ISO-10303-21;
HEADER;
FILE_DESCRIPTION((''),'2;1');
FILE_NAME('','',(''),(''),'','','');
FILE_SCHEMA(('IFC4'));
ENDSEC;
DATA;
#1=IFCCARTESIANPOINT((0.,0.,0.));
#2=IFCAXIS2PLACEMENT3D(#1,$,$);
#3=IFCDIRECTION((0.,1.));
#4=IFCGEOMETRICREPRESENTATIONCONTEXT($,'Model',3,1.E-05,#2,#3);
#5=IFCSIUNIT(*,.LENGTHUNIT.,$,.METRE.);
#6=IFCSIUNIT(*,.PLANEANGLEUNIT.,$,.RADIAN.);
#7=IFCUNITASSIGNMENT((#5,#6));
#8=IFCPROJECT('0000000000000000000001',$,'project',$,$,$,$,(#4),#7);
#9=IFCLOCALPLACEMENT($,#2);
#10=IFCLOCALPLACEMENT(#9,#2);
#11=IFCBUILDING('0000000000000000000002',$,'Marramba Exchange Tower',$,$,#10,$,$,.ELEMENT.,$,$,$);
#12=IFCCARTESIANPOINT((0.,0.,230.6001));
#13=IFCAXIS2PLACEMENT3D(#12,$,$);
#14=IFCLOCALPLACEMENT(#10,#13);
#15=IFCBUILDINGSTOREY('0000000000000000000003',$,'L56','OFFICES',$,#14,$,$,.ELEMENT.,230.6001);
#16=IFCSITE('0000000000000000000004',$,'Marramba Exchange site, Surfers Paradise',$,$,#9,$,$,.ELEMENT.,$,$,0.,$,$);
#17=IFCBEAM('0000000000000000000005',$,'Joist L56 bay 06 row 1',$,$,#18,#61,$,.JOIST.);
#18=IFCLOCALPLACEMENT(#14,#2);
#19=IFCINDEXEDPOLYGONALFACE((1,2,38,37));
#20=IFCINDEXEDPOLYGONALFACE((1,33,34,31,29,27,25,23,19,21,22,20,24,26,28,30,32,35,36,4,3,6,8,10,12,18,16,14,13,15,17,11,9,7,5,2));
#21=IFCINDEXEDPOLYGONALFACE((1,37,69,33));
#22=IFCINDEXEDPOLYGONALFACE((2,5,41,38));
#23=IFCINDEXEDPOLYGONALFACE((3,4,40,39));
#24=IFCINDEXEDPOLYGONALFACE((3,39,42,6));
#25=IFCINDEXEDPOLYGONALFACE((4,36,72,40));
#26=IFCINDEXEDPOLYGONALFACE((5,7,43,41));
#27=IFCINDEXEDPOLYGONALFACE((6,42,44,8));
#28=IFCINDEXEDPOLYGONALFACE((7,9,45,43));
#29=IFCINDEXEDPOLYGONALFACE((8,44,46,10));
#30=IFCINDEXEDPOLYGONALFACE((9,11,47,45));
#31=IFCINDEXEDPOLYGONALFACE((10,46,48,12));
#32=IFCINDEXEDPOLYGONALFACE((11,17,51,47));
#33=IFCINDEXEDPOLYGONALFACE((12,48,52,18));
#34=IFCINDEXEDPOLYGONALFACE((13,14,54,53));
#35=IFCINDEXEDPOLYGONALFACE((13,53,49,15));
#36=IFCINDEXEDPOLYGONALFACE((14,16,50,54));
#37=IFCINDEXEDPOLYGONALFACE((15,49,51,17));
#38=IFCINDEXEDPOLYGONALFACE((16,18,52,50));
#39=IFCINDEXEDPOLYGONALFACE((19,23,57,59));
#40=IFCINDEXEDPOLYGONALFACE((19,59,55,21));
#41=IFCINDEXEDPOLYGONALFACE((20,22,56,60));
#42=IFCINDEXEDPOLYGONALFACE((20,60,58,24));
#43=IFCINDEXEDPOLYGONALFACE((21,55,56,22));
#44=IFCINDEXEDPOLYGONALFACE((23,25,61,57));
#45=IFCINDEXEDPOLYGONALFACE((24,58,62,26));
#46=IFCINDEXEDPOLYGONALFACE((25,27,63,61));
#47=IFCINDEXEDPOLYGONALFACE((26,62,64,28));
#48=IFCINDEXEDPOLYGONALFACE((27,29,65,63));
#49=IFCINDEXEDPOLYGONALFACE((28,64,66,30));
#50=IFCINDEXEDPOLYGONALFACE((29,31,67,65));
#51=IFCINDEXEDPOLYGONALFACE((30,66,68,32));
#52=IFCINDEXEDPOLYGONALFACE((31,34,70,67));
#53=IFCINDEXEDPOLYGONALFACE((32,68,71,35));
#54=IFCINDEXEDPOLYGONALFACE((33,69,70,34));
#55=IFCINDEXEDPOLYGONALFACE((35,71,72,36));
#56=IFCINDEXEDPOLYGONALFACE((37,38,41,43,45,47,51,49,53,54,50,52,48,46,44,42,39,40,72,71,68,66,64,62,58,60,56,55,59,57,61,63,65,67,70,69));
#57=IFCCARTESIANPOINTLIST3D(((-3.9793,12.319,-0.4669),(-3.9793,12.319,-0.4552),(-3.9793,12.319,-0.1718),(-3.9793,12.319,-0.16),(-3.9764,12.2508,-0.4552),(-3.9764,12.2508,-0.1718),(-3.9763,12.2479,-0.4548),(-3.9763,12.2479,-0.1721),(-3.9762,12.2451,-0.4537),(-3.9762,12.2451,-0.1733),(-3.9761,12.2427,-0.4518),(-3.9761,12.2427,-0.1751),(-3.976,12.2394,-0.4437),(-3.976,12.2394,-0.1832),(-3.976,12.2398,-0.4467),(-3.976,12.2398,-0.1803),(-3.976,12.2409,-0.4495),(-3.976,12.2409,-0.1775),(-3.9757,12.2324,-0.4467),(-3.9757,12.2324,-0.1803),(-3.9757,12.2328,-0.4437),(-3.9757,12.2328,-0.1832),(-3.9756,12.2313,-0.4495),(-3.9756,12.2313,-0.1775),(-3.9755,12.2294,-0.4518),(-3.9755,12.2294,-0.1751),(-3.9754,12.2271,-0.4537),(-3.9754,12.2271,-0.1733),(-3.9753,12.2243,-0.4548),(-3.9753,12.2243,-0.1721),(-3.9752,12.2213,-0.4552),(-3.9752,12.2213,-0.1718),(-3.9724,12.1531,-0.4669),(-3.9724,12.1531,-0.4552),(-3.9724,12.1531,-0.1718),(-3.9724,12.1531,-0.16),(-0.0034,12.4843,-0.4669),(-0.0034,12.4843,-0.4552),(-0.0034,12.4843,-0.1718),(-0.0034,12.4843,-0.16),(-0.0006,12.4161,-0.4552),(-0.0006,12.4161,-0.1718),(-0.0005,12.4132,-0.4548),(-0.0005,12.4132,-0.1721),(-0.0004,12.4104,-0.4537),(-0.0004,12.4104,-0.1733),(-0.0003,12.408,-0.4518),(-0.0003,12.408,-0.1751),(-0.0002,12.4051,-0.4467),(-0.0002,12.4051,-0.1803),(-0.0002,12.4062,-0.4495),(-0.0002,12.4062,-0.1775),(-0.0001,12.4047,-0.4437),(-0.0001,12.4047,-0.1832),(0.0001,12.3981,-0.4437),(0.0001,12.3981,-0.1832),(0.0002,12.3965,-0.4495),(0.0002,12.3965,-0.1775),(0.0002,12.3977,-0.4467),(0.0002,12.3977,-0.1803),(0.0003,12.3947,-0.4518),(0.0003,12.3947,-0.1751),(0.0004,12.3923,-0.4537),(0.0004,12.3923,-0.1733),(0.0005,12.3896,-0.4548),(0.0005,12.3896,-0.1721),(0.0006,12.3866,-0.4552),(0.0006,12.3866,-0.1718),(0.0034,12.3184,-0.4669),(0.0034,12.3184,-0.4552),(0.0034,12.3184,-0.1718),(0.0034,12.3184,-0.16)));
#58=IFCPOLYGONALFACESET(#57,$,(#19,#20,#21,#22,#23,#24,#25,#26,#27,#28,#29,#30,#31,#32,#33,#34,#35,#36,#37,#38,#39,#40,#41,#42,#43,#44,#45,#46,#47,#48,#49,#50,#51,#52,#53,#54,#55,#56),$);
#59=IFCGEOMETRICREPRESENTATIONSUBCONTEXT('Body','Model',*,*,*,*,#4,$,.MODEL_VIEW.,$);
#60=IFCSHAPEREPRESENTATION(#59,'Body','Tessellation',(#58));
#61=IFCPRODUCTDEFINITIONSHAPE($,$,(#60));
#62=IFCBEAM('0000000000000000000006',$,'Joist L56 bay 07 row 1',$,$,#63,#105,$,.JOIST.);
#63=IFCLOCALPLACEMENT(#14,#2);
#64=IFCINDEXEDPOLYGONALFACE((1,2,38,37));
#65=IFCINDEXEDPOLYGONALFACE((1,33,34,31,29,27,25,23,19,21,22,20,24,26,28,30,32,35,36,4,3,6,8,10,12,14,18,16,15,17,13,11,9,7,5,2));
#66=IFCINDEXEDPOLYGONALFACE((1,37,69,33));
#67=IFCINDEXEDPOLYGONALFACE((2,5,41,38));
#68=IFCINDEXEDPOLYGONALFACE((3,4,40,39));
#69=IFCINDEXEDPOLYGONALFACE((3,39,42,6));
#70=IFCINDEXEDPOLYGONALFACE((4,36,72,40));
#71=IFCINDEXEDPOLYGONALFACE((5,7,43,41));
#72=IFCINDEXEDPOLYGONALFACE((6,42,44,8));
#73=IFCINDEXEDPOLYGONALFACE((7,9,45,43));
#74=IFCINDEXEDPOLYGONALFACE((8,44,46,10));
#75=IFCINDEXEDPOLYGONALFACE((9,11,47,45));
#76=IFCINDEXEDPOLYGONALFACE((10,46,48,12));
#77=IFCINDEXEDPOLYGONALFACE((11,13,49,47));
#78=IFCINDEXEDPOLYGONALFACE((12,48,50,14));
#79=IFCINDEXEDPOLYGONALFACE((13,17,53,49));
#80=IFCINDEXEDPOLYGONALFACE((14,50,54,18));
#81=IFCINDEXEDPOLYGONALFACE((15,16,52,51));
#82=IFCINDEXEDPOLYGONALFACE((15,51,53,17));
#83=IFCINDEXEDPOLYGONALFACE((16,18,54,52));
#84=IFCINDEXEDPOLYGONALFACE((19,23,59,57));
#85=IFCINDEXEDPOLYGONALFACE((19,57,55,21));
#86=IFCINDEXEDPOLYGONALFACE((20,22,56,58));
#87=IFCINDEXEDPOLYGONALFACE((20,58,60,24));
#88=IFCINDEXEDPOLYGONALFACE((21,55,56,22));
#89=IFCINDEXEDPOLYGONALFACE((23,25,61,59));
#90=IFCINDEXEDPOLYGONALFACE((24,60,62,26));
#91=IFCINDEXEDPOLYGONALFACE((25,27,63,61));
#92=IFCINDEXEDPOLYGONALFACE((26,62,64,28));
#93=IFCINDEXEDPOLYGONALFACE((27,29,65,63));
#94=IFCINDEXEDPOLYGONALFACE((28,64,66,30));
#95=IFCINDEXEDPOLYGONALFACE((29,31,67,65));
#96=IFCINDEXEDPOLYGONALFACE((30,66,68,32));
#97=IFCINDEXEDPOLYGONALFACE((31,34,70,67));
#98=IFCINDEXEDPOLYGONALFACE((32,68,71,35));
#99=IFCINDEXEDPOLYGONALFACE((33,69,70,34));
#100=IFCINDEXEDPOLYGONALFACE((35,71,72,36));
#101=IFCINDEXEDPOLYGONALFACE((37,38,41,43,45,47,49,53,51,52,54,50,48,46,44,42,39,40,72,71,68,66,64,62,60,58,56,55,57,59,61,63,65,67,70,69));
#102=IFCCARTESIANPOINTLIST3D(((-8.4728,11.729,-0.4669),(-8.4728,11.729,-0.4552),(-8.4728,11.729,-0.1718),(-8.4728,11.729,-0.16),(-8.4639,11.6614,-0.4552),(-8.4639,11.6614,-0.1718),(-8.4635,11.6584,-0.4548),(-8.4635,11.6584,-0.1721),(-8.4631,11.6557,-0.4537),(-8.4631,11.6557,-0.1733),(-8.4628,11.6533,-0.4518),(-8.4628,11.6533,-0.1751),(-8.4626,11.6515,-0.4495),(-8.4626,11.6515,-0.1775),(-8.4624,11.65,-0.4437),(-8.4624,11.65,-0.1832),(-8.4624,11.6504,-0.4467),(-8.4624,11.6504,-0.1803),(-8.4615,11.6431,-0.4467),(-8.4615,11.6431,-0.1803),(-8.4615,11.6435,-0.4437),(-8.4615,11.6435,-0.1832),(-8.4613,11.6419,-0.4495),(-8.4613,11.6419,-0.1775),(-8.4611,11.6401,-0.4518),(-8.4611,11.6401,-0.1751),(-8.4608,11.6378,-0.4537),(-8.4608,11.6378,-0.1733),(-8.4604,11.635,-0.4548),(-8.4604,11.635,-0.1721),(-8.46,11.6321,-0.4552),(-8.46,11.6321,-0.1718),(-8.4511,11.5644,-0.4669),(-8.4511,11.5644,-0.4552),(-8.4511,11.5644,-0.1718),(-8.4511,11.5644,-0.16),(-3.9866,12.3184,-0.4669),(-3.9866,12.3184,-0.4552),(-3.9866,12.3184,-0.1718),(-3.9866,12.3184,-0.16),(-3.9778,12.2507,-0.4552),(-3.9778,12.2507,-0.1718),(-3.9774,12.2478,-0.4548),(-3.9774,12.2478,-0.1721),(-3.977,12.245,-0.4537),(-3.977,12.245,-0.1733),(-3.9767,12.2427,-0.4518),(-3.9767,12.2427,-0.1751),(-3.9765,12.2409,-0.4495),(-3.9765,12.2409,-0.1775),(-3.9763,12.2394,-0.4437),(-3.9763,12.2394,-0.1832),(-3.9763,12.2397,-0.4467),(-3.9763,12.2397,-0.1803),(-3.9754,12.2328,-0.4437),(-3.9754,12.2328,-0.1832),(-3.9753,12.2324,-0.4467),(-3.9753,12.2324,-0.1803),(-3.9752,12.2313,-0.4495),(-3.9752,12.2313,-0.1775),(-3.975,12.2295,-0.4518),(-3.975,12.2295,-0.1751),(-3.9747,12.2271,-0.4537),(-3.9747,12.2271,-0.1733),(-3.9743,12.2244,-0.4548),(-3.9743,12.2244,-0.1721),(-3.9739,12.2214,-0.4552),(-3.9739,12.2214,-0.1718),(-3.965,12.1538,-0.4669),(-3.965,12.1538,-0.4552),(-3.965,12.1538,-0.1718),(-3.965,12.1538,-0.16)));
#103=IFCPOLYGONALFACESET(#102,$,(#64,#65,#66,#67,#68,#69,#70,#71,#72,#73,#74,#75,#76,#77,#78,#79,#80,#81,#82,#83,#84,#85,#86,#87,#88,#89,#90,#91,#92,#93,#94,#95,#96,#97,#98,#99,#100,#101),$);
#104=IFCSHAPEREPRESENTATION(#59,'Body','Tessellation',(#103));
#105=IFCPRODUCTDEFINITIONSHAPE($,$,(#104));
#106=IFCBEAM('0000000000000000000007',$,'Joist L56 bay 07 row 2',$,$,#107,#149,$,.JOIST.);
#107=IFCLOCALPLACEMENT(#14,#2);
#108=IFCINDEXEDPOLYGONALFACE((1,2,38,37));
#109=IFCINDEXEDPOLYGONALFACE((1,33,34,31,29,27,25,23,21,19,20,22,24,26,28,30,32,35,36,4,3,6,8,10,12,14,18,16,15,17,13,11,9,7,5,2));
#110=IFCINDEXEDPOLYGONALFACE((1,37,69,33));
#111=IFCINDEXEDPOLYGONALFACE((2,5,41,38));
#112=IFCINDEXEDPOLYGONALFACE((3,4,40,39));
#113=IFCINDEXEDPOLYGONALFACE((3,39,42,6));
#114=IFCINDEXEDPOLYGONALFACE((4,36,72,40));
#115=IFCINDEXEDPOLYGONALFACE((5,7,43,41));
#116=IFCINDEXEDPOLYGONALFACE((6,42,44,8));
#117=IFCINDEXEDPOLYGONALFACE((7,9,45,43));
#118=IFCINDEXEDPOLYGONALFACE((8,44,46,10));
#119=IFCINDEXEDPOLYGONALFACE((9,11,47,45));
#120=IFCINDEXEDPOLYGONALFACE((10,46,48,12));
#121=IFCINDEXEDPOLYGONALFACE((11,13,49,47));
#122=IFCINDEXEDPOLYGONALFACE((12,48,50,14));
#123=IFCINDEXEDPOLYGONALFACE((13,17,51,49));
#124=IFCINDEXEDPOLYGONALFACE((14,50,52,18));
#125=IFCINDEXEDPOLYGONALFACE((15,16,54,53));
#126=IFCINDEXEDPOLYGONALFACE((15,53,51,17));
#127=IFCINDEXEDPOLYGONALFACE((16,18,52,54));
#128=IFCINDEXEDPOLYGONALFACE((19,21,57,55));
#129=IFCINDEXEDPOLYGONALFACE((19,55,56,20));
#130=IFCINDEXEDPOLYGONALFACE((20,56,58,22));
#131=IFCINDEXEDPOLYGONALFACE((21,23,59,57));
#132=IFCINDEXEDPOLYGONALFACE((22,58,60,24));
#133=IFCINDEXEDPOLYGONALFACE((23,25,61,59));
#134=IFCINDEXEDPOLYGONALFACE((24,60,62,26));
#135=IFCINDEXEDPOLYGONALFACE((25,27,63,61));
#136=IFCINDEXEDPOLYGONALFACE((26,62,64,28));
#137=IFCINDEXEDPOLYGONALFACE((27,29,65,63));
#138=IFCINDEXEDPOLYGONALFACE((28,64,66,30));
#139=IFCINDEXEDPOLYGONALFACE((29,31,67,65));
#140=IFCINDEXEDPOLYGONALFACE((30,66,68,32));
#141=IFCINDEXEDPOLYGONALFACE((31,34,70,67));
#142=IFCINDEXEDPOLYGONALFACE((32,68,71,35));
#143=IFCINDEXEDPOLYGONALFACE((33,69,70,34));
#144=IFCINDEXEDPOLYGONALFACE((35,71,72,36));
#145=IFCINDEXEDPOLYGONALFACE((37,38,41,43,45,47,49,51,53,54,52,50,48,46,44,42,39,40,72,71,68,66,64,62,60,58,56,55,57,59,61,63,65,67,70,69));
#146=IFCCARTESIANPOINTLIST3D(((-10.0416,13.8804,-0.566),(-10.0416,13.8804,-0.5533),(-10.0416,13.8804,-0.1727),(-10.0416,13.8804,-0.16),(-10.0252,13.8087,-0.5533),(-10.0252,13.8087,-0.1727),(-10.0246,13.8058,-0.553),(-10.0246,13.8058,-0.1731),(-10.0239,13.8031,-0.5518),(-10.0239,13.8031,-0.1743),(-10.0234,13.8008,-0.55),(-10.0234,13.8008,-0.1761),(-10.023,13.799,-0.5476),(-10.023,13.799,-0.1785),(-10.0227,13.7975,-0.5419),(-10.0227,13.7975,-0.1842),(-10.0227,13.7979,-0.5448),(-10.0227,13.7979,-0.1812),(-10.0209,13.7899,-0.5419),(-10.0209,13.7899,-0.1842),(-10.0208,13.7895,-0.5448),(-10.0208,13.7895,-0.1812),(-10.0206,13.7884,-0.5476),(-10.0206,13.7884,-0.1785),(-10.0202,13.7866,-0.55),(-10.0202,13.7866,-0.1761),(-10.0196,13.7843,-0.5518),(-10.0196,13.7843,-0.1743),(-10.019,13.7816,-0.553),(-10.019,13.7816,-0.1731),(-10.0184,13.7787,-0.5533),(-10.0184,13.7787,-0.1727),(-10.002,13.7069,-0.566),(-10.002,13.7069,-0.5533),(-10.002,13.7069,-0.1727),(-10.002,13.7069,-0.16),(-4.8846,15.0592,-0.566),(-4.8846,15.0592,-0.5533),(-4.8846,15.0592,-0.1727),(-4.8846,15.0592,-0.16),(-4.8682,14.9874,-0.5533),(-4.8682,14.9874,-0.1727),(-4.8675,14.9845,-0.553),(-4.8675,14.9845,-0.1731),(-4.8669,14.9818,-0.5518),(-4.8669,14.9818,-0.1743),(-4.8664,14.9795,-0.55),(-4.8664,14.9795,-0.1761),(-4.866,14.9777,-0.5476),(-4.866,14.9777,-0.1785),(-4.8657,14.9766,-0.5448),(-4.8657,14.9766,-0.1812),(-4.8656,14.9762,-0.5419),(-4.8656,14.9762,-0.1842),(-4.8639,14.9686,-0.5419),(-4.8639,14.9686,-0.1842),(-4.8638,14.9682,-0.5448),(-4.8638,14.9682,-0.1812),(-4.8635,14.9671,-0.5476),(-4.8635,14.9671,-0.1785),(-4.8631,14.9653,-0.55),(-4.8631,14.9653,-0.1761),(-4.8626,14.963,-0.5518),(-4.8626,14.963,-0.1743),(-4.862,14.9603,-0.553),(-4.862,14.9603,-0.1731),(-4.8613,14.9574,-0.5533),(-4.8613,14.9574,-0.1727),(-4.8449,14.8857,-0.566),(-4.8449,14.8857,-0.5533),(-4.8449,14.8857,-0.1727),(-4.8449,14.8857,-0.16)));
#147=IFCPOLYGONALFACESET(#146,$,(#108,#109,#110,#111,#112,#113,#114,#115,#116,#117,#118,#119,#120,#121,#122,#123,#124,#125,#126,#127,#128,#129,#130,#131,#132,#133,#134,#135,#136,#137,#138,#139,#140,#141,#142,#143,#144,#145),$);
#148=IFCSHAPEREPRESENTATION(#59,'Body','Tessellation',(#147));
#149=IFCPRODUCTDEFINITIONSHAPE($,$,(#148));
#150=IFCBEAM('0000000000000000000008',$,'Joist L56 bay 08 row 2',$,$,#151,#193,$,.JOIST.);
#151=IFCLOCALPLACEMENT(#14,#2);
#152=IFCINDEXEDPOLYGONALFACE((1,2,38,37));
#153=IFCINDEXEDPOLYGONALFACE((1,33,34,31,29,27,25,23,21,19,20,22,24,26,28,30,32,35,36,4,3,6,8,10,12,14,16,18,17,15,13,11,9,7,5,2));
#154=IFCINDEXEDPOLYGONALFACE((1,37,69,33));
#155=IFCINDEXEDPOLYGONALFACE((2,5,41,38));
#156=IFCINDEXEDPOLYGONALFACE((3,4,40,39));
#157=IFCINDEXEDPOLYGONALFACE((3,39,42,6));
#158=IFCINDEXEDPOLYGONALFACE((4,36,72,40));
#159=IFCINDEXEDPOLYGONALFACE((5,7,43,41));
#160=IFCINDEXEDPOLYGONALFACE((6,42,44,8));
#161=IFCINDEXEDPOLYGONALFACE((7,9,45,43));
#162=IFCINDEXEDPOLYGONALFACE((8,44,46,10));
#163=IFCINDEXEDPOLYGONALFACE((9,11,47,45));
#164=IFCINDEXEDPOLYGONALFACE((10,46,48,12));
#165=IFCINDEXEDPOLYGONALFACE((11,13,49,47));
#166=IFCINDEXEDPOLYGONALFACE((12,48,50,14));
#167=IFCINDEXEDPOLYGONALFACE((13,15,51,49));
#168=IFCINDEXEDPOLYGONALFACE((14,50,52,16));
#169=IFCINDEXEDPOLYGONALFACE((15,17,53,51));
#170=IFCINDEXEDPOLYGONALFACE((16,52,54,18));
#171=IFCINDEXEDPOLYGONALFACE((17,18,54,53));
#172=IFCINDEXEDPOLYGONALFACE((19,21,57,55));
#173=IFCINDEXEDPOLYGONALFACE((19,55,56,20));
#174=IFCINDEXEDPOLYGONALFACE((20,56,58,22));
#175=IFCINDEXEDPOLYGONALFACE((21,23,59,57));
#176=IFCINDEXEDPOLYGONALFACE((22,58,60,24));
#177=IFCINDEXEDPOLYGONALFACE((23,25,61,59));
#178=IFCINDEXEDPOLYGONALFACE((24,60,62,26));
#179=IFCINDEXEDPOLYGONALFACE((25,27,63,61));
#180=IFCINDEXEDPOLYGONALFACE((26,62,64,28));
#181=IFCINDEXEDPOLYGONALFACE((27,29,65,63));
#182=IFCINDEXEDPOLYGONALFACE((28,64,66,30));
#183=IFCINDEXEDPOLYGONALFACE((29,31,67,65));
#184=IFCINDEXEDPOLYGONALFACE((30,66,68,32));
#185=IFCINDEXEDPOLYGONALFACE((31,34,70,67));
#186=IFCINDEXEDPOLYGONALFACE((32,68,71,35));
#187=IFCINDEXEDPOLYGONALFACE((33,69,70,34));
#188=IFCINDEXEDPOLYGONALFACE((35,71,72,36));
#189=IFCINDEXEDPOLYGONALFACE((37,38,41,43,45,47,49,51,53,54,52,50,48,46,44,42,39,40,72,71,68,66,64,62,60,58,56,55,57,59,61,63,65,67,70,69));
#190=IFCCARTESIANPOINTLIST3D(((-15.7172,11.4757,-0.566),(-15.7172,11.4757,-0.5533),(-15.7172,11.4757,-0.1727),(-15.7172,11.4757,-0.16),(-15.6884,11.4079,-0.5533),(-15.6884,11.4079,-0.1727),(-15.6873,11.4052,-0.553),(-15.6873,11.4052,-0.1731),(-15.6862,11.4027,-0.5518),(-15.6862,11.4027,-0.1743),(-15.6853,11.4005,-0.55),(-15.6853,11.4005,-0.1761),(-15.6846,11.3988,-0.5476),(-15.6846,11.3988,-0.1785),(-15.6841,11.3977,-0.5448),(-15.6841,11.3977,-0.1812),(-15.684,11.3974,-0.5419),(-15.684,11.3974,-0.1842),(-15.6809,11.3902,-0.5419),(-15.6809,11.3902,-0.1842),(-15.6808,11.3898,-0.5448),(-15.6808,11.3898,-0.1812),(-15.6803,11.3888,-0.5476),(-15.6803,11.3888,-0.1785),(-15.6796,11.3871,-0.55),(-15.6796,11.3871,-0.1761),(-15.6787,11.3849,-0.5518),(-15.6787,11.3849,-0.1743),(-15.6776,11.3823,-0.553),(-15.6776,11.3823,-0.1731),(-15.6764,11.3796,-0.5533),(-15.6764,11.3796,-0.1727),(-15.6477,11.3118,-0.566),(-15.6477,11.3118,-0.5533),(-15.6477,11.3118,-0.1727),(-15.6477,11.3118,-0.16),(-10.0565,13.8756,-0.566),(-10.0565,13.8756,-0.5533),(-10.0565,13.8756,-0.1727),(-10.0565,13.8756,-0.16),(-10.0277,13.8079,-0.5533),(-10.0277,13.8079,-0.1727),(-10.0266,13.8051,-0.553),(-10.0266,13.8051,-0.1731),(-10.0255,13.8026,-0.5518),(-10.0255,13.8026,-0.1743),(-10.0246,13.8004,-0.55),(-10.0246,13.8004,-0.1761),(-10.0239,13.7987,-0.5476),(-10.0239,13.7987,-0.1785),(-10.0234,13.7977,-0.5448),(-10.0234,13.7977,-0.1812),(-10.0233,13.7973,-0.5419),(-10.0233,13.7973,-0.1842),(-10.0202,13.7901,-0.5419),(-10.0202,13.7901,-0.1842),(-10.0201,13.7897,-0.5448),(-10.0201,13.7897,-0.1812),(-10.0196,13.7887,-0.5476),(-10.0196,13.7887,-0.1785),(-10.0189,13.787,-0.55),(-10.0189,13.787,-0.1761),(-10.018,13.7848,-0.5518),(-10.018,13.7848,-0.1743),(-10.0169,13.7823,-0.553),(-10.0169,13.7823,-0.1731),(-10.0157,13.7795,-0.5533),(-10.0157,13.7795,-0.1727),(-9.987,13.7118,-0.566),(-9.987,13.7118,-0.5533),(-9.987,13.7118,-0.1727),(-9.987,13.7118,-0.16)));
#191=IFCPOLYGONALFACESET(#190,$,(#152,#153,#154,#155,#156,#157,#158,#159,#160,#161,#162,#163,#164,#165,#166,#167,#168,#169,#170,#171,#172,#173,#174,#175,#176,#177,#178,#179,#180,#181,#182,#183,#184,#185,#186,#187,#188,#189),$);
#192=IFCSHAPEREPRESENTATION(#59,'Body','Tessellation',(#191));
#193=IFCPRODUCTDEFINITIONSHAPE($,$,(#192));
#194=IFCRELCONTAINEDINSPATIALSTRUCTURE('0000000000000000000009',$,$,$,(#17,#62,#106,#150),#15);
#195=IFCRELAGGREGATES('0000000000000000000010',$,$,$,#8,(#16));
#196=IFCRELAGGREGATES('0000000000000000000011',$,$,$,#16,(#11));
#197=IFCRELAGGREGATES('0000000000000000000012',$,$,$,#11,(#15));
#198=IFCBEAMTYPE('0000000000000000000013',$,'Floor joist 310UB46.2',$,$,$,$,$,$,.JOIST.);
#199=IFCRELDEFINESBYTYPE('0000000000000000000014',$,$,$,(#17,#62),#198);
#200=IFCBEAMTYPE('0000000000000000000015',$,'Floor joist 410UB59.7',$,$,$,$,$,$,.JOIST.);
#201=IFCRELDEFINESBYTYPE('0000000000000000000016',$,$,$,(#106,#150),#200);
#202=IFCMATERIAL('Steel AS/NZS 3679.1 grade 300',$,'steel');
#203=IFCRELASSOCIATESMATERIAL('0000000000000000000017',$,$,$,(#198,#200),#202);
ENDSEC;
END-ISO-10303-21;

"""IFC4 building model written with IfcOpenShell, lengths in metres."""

from ifc_helpers import new_model, si_unit, direction, frame, origin, origin_2d, place, context, subcontext, project, spatial, i_section, extrude, material, material_profile, profile_set, type_object, element, save


model = new_model("IFC4")

# Units and contexts
model_context = context("Model", 3, precision=1e-05, world=origin(), true_north=direction((0.0, 1.0)))
body_context = subcontext(model_context, "Body", "Model", "MODEL_VIEW")
ifc_project = project(units=[si_unit("LENGTHUNIT", "METRE"), si_unit("PLANEANGLEUNIT", "RADIAN")], contexts=[model_context])

# Site, building, storey
site_placement = place(None, origin())
site = spatial("IfcSite", under=ifc_project, at=site_placement, Name="Marramba Exchange site, Surfers Paradise", CompositionType="ELEMENT", RefElevation=0.0)
building_placement = place(site_placement, origin())
building = spatial("IfcBuilding", under=site, at=building_placement, Name="Marramba Exchange Tower", CompositionType="ELEMENT")
storey_placement = place(building_placement, frame((0.0, 0.0, 230.6001)))
storey = spatial("IfcBuildingStorey", under=building, at=storey_placement, Name="L56", Description="OFFICES", CompositionType="ELEMENT", Elevation=230.6001)

# Beams
ifc_material_1 = material(Name="Steel AS/NZS 3679.1 grade 300", Category="steel")
ifc_material_profile_1 = material_profile(ifc_material_1, i_section(OverallWidth=0.166, OverallDepth=0.3069, WebThickness=0.0066, FlangeThickness=0.0117, FilletRadius=0.0115, at=origin_2d()), Name="310UB46.2")
ifc_profile_set_1 = profile_set([ifc_material_profile_1], Name="Steel AS/NZS 3679.1 grade 300")
beam_type_1 = type_object("IfcBeamType", Name="Floor joist 310UB46.2", PredefinedType="JOIST", material=ifc_profile_set_1)
beam_1_placement = place(storey_placement, frame((0.0, 12.4014, -0.3135), z_axis=(-0.999137, -0.041536, 0.0), x_axis=(0.041536, -0.999137, 0.0)))
element("IfcBeam", 1, at=beam_1_placement, inside=storey, type_object=beam_type_1, Name="Joist L56 bay 06 row 1", PredefinedType="JOIST", context=body_context, shape_type="SweptSolid", body=[
    extrude(i_section(OverallWidth=0.166, OverallDepth=0.3069, WebThickness=0.0066, FlangeThickness=0.0117, FilletRadius=0.0115, at=origin_2d()), origin(), (0.0, 0.0, 1.0), 3.9792),
])
beam_2_placement = place(storey_placement, frame((-3.9758, 12.2361, -0.3135), z_axis=(-0.991481, -0.130255, 0.0), x_axis=(0.130255, -0.991481, 0.0)))
element("IfcBeam", 2, at=beam_2_placement, inside=storey, type_object=beam_type_1, Name="Joist L56 bay 07 row 1", PredefinedType="JOIST", context=body_context, shape_type="SweptSolid", body=[
    extrude(i_section(OverallWidth=0.166, OverallDepth=0.3069, WebThickness=0.0066, FlangeThickness=0.0117, FilletRadius=0.0115, at=origin_2d()), origin(), (0.0, 0.0, 1.0), 4.5247),
])
ifc_material_profile_2 = material_profile(ifc_material_1, i_section(OverallWidth=0.178, OverallDepth=0.406, WebThickness=0.0078, FlangeThickness=0.0127, FilletRadius=0.0115, at=origin_2d()), Name="410UB59.7")
ifc_profile_set_2 = profile_set([ifc_material_profile_2], Name="Steel AS/NZS 3679.1 grade 300")
beam_type_2 = type_object("IfcBeamType", Name="Floor joist 410UB59.7", PredefinedType="JOIST", material=ifc_profile_set_2)
beam_3_placement = place(storey_placement, frame((-4.8647, 14.9724, -0.363), z_axis=(-0.97486, -0.22282, 0.0), x_axis=(0.22282, -0.97486, 0.0)))
element("IfcBeam", 3, at=beam_3_placement, inside=storey, type_object=beam_type_2, Name="Joist L56 bay 07 row 2", PredefinedType="JOIST", context=body_context, shape_type="SweptSolid", body=[
    extrude(i_section(OverallWidth=0.178, OverallDepth=0.406, WebThickness=0.0078, FlangeThickness=0.0127, FilletRadius=0.0115, at=origin_2d()), origin(), (0.0, 0.0, 1.0), 5.29),
])
beam_4_placement = place(storey_placement, frame((-10.0217, 13.7937, -0.363), z_axis=(-0.920674, -0.390332, 0.0), x_axis=(0.390332, -0.920674, 0.0)))
element("IfcBeam", 4, at=beam_4_placement, inside=storey, type_object=beam_type_2, Name="Joist L56 bay 08 row 2", PredefinedType="JOIST", context=body_context, shape_type="SweptSolid", body=[
    extrude(i_section(OverallWidth=0.178, OverallDepth=0.406, WebThickness=0.0078, FlangeThickness=0.0127, FilletRadius=0.0115, at=origin_2d()), origin(), (0.0, 0.0, 1.0), 6.1484),
])

save(model, "model.ifc")
